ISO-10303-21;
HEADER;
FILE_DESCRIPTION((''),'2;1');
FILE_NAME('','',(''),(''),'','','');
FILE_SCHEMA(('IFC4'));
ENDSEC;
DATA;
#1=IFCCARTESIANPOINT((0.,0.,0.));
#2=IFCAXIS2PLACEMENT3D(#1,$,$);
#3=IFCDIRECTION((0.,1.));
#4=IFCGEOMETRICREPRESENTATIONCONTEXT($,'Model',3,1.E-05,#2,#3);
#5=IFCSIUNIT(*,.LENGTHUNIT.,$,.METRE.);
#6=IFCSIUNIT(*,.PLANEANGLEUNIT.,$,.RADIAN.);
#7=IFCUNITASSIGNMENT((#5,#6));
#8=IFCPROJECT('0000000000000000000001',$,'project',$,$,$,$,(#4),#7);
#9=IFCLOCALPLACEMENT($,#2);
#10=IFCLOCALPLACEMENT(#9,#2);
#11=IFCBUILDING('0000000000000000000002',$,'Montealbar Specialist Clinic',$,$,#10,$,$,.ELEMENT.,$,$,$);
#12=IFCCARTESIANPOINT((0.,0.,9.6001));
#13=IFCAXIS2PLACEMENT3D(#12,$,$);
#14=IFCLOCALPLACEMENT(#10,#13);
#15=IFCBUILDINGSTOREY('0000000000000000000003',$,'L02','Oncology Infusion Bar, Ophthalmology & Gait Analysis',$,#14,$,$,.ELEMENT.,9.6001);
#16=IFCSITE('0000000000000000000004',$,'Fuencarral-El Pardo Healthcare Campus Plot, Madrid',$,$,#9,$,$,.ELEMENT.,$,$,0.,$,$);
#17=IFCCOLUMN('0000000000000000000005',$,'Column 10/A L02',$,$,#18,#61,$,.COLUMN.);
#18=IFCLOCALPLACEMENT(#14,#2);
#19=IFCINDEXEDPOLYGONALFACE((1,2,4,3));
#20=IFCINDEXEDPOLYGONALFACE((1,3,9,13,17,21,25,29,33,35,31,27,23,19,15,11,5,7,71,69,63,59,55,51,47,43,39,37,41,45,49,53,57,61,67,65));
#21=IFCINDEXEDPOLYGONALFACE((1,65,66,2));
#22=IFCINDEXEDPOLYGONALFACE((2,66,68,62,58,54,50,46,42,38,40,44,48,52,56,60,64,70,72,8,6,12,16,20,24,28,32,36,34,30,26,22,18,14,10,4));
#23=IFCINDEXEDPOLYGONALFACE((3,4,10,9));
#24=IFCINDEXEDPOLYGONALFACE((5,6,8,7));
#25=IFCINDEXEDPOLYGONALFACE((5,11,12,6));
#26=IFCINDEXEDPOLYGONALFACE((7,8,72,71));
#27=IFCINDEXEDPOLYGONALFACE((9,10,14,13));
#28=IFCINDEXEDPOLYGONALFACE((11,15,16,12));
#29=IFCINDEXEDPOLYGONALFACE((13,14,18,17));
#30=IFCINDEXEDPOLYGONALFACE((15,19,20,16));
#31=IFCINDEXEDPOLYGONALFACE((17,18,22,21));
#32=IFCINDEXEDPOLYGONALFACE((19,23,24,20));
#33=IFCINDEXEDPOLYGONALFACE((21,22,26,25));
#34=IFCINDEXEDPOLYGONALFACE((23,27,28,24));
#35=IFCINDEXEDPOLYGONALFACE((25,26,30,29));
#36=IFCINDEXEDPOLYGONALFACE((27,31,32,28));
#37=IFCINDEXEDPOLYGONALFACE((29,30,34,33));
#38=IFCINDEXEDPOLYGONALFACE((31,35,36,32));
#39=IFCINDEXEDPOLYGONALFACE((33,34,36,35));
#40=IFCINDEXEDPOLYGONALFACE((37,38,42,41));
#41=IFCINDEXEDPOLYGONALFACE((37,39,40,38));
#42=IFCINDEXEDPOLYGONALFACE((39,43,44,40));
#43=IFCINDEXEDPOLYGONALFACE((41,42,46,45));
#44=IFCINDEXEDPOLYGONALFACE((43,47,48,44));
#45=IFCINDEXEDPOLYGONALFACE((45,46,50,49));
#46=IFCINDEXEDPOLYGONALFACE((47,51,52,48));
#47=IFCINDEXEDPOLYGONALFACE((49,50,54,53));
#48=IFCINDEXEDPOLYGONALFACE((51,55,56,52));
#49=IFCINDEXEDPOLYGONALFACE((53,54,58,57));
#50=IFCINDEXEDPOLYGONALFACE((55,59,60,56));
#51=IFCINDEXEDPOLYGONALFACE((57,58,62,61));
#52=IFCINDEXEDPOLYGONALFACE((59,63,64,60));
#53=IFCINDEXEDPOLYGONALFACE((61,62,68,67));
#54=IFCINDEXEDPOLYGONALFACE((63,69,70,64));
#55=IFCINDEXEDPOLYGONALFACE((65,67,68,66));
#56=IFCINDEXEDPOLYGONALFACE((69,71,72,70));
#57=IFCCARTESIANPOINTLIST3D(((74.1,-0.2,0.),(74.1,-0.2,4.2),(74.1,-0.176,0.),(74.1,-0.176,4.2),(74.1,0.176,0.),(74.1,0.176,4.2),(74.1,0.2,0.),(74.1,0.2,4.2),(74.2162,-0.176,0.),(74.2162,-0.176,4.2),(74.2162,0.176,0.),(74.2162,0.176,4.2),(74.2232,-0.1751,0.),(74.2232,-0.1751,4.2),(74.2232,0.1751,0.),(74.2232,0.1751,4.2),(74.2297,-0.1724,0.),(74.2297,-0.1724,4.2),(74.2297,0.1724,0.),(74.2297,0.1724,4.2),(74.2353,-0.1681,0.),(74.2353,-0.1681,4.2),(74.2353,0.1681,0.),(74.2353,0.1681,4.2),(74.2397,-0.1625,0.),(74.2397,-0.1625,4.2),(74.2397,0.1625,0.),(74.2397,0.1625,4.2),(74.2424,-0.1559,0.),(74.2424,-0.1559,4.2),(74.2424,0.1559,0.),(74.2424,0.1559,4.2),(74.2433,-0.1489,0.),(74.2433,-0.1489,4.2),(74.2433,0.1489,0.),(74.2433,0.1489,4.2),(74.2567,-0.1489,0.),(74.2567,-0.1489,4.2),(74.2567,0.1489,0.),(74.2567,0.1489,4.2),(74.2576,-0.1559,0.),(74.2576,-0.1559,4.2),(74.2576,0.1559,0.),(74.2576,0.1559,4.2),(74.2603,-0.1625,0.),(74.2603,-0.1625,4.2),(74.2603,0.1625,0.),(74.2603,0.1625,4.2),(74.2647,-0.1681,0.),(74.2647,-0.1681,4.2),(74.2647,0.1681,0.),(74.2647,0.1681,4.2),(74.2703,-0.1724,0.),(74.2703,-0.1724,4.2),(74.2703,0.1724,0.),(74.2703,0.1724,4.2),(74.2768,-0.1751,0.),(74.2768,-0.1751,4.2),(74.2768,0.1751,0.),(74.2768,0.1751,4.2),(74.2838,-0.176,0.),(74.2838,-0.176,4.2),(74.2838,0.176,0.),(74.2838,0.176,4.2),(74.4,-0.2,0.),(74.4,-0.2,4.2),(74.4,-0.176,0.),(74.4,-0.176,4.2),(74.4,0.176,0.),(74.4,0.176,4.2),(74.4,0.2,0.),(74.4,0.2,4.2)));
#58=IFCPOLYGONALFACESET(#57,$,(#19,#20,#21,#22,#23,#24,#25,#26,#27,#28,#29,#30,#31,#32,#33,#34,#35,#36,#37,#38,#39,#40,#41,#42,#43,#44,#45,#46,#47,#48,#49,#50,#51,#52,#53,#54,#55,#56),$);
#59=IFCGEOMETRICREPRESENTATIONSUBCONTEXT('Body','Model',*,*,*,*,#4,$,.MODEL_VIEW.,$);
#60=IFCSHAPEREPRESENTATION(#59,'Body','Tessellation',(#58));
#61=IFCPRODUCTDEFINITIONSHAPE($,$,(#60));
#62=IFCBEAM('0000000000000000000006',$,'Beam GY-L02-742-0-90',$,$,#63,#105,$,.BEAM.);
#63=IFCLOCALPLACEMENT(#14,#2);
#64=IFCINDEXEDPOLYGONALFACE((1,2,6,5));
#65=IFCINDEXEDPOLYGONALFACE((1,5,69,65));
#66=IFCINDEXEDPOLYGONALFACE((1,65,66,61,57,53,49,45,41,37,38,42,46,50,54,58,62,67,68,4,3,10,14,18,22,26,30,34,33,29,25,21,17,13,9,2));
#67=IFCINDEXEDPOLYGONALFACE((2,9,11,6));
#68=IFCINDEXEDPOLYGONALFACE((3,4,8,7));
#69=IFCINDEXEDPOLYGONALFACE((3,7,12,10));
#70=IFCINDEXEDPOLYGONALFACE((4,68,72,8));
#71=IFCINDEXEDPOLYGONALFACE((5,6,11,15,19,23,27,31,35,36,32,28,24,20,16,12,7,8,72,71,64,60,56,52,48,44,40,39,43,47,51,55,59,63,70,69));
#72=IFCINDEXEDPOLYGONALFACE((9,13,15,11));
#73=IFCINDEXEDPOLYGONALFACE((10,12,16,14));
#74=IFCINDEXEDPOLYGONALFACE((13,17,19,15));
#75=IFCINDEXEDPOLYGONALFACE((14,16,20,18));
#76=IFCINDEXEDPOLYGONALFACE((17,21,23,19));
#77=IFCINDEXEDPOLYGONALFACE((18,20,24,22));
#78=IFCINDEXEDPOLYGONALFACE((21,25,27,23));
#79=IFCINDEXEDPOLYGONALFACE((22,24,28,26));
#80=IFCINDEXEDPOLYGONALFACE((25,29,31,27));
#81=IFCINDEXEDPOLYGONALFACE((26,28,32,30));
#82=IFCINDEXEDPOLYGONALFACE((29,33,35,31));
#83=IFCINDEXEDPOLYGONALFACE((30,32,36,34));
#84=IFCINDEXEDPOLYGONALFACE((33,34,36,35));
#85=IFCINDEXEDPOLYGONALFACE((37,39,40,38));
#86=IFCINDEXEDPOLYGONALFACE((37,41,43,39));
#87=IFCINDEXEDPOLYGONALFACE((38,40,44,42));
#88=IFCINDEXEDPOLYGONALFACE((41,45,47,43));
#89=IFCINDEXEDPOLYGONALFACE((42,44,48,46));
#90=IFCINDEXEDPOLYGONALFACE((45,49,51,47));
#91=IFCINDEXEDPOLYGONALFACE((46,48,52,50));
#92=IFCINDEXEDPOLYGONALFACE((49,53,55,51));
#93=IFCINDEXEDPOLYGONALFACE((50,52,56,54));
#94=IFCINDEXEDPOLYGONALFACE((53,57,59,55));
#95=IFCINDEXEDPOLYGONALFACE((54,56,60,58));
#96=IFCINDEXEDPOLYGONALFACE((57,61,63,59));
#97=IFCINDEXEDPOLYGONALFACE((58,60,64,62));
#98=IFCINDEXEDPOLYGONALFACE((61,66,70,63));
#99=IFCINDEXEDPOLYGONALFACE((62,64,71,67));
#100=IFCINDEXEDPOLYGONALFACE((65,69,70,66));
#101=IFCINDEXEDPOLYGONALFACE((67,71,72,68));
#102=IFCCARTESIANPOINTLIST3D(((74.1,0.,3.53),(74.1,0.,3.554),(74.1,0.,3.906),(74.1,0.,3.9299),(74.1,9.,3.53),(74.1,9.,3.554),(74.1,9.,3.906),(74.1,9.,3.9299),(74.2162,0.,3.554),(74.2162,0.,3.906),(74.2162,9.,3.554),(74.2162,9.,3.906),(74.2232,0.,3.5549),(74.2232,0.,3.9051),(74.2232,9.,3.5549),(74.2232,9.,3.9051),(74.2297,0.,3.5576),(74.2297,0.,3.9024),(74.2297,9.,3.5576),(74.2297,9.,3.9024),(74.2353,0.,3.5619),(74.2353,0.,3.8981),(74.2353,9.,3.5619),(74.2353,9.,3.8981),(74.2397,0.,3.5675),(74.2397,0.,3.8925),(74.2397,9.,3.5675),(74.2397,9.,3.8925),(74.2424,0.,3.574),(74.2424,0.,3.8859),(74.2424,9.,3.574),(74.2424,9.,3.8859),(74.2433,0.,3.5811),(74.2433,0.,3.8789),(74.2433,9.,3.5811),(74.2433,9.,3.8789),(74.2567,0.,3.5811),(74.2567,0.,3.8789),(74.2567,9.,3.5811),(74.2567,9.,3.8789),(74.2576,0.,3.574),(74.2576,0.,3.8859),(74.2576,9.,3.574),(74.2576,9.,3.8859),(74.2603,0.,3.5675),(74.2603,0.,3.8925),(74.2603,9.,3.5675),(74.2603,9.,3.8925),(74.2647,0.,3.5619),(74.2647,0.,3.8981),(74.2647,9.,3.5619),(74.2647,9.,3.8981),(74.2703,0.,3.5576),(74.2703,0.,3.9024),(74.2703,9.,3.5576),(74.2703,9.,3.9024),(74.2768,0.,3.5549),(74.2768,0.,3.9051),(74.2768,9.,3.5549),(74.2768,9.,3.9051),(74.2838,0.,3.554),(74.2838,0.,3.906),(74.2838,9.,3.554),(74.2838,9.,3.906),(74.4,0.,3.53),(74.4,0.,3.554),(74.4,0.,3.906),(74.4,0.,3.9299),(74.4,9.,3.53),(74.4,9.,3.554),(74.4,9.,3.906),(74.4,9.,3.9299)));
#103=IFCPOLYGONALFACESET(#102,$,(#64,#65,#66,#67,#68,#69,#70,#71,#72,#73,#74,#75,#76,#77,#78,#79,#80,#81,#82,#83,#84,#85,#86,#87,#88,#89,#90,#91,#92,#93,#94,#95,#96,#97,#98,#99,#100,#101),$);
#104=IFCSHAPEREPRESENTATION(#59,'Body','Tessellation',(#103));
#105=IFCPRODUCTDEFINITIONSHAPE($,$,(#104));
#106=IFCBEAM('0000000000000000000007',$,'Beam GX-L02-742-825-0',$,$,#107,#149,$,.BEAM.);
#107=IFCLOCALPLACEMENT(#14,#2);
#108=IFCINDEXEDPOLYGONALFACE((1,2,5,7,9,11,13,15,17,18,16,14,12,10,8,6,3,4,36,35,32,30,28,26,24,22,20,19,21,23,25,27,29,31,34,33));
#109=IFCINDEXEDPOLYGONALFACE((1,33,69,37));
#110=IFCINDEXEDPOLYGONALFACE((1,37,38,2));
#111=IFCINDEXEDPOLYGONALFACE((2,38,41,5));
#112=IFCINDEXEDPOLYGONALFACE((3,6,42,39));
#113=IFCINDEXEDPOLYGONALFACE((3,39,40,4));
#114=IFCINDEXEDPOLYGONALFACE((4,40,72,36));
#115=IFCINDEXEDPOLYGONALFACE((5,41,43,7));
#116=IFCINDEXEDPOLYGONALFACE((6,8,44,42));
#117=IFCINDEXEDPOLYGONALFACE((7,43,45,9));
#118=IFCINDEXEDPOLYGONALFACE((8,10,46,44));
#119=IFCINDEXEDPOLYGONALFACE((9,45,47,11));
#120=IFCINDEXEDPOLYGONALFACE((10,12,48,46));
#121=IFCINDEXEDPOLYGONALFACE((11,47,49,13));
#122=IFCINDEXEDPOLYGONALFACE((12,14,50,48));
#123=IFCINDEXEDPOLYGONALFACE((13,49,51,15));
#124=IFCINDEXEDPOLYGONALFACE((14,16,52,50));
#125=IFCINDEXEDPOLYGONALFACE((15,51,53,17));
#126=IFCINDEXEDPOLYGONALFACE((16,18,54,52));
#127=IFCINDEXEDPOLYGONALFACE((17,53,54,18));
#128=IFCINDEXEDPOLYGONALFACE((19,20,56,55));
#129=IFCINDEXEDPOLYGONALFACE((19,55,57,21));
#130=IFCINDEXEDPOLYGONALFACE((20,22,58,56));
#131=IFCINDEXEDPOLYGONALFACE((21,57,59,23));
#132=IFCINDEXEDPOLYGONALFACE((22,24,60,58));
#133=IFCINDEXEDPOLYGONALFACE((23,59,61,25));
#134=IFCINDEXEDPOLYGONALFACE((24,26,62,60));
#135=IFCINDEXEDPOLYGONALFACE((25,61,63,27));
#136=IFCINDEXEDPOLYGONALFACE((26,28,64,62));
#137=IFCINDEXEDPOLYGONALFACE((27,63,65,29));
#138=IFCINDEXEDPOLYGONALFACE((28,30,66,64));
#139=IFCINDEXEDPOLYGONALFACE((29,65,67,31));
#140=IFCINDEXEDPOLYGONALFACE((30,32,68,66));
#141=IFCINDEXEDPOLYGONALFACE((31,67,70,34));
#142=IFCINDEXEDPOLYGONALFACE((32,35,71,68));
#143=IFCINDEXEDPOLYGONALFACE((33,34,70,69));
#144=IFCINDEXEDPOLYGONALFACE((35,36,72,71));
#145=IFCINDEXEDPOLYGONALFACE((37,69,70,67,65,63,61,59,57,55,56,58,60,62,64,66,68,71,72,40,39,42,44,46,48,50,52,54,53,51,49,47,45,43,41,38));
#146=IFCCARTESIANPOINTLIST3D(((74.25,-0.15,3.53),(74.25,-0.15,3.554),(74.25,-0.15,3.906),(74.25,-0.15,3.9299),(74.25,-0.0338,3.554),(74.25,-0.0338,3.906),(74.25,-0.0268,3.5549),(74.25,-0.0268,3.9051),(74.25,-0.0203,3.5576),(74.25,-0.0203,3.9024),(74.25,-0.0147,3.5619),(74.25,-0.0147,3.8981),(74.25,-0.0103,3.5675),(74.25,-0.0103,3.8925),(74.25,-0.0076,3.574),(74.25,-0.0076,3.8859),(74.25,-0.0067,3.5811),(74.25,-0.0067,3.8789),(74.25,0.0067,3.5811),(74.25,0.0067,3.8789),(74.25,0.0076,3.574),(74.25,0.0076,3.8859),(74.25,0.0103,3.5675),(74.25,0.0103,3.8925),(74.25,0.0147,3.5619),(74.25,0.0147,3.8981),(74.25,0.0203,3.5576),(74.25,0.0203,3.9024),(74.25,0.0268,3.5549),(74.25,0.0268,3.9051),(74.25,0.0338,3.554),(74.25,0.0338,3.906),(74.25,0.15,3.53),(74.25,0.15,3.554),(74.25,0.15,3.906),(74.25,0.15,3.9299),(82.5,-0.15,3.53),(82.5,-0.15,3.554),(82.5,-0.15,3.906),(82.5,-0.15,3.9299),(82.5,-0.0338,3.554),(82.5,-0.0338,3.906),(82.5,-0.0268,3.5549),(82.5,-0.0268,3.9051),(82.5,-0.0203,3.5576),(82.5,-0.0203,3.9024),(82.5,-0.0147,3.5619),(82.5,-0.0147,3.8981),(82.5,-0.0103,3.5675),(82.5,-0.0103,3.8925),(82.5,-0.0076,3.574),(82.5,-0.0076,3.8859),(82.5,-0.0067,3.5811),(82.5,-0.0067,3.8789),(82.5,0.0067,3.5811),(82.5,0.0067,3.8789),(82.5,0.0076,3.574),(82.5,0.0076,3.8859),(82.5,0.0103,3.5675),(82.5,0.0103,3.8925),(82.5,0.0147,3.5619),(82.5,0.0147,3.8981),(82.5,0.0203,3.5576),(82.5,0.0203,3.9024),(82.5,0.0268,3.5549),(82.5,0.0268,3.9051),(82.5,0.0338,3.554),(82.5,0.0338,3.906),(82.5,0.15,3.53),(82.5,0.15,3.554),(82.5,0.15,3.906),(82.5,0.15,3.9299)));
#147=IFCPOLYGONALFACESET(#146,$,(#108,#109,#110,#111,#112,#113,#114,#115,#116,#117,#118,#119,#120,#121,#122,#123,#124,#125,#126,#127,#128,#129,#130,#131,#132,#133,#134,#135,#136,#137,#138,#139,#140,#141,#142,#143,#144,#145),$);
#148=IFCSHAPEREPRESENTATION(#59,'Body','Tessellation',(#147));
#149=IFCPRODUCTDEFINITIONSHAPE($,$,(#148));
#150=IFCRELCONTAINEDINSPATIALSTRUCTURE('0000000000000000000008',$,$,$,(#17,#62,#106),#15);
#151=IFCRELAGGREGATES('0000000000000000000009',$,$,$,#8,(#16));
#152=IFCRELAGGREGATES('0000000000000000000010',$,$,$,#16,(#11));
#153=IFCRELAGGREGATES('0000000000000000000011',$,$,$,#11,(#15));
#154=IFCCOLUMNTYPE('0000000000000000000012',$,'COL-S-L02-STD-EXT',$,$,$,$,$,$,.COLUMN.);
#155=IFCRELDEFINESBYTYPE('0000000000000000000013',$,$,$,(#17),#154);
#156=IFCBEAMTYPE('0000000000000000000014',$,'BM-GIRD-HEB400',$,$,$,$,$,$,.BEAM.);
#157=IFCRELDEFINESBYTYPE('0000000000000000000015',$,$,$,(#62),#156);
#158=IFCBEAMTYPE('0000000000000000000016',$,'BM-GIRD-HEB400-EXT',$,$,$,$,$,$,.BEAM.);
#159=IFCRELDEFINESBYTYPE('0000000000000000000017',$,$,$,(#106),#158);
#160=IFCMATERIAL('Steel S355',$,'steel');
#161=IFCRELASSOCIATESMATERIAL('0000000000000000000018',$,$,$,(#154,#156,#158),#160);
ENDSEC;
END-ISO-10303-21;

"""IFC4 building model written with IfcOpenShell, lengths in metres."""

from ifc_helpers import new_model, si_unit, direction, frame, origin, origin_2d, place, context, subcontext, project, spatial, i_section, extrude, material, material_profile, profile_set, type_object, element, save


model = new_model("IFC4")

# Units and contexts
model_context = context("Model", 3, precision=1e-05, world=origin(), true_north=direction((0.0, 1.0)))
body_context = subcontext(model_context, "Body", "Model", "MODEL_VIEW")
ifc_project = project(units=[si_unit("LENGTHUNIT", "METRE"), si_unit("PLANEANGLEUNIT", "RADIAN")], contexts=[model_context])

# Site, building, storey
site_placement = place(None, origin())
site = spatial("IfcSite", under=ifc_project, at=site_placement, Name="Fuencarral-El Pardo Healthcare Campus Plot, Madrid", CompositionType="ELEMENT", RefElevation=0.0)
building_placement = place(site_placement, origin())
building = spatial("IfcBuilding", under=site, at=building_placement, Name="Montealbar Specialist Clinic", CompositionType="ELEMENT")
storey_placement = place(building_placement, frame((0.0, 0.0, 9.6001)))
storey = spatial("IfcBuildingStorey", under=building, at=storey_placement, Name="L02", Description="Oncology Infusion Bar, Ophthalmology & Gait Analysis", CompositionType="ELEMENT", Elevation=9.6001)

# Column
ifc_material_1 = material(Name="Steel S355", Category="steel")
ifc_material_profile_1 = material_profile(ifc_material_1, i_section(OverallWidth=0.3, OverallDepth=0.3999, WebThickness=0.0134, FlangeThickness=0.0239, FilletRadius=0.0271, at=origin_2d()), Name="HEB 400", Category="steel")
ifc_profile_set_1 = profile_set([ifc_material_profile_1], Name="Steel S355")
column_type = type_object("IfcColumnType", Name="COL-S-L02-STD-EXT", PredefinedType="COLUMN", material=ifc_profile_set_1)
column_placement = place(storey_placement, frame((74.25, 0.0, 0.0), z_axis=(0.0, 0.0, 1.0), x_axis=(1.0, 0.0, 0.0)))
element("IfcColumn", 1, at=column_placement, inside=storey, type_object=column_type, Name="Column 10/A L02", PredefinedType="COLUMN", context=body_context, shape_type="SweptSolid", body=[
    extrude(i_section(OverallWidth=0.3, OverallDepth=0.3999, WebThickness=0.0134, FlangeThickness=0.0239, FilletRadius=0.0271, at=origin_2d()), origin(), (0.0, 0.0, 1.0), 4.2),
])

# Beams
ifc_material_profile_2 = material_profile(ifc_material_1, i_section(OverallWidth=0.3, OverallDepth=0.3999, WebThickness=0.0134, FlangeThickness=0.0239, FilletRadius=0.0271, at=origin_2d()), Name="HEB 400", Category="steel")
ifc_profile_set_2 = profile_set([ifc_material_profile_2], Name="Steel S355")
beam_type_1 = type_object("IfcBeamType", Name="BM-GIRD-HEB400", PredefinedType="BEAM", material=ifc_profile_set_2)
beam_1_placement = place(storey_placement, frame((74.25, 0.0, 3.73), z_axis=(0.0, 1.0, 0.0), x_axis=(-1.0, 0.0, 0.0)))
element("IfcBeam", 2, at=beam_1_placement, inside=storey, type_object=beam_type_1, Name="Beam GY-L02-742-0-90", PredefinedType="BEAM", context=body_context, shape_type="SweptSolid", body=[
    extrude(i_section(OverallWidth=0.3, OverallDepth=0.3999, WebThickness=0.0134, FlangeThickness=0.0239, FilletRadius=0.0271, at=origin_2d()), origin(), (0.0, 0.0, 1.0), 9.0),
])
ifc_material_profile_3 = material_profile(ifc_material_1, i_section(OverallWidth=0.3, OverallDepth=0.3999, WebThickness=0.0134, FlangeThickness=0.0239, FilletRadius=0.0271, at=origin_2d()), Name="HEB 400", Category="steel")
ifc_profile_set_3 = profile_set([ifc_material_profile_3], Name="Steel S355")
beam_type_2 = type_object("IfcBeamType", Name="BM-GIRD-HEB400-EXT", PredefinedType="BEAM", material=ifc_profile_set_3)
beam_2_placement = place(storey_placement, frame((74.25, 0.0, 3.73), z_axis=(1.0, 0.0, 0.0), x_axis=(0.0, 1.0, 0.0)))
element("IfcBeam", 3, at=beam_2_placement, inside=storey, type_object=beam_type_2, Name="Beam GX-L02-742-825-0", PredefinedType="BEAM", context=body_context, shape_type="SweptSolid", body=[
    extrude(i_section(OverallWidth=0.3, OverallDepth=0.3999, WebThickness=0.0134, FlangeThickness=0.0239, FilletRadius=0.0271, at=origin_2d()), origin(), (0.0, 0.0, 1.0), 8.25),
])

save(model, "model.ifc")
